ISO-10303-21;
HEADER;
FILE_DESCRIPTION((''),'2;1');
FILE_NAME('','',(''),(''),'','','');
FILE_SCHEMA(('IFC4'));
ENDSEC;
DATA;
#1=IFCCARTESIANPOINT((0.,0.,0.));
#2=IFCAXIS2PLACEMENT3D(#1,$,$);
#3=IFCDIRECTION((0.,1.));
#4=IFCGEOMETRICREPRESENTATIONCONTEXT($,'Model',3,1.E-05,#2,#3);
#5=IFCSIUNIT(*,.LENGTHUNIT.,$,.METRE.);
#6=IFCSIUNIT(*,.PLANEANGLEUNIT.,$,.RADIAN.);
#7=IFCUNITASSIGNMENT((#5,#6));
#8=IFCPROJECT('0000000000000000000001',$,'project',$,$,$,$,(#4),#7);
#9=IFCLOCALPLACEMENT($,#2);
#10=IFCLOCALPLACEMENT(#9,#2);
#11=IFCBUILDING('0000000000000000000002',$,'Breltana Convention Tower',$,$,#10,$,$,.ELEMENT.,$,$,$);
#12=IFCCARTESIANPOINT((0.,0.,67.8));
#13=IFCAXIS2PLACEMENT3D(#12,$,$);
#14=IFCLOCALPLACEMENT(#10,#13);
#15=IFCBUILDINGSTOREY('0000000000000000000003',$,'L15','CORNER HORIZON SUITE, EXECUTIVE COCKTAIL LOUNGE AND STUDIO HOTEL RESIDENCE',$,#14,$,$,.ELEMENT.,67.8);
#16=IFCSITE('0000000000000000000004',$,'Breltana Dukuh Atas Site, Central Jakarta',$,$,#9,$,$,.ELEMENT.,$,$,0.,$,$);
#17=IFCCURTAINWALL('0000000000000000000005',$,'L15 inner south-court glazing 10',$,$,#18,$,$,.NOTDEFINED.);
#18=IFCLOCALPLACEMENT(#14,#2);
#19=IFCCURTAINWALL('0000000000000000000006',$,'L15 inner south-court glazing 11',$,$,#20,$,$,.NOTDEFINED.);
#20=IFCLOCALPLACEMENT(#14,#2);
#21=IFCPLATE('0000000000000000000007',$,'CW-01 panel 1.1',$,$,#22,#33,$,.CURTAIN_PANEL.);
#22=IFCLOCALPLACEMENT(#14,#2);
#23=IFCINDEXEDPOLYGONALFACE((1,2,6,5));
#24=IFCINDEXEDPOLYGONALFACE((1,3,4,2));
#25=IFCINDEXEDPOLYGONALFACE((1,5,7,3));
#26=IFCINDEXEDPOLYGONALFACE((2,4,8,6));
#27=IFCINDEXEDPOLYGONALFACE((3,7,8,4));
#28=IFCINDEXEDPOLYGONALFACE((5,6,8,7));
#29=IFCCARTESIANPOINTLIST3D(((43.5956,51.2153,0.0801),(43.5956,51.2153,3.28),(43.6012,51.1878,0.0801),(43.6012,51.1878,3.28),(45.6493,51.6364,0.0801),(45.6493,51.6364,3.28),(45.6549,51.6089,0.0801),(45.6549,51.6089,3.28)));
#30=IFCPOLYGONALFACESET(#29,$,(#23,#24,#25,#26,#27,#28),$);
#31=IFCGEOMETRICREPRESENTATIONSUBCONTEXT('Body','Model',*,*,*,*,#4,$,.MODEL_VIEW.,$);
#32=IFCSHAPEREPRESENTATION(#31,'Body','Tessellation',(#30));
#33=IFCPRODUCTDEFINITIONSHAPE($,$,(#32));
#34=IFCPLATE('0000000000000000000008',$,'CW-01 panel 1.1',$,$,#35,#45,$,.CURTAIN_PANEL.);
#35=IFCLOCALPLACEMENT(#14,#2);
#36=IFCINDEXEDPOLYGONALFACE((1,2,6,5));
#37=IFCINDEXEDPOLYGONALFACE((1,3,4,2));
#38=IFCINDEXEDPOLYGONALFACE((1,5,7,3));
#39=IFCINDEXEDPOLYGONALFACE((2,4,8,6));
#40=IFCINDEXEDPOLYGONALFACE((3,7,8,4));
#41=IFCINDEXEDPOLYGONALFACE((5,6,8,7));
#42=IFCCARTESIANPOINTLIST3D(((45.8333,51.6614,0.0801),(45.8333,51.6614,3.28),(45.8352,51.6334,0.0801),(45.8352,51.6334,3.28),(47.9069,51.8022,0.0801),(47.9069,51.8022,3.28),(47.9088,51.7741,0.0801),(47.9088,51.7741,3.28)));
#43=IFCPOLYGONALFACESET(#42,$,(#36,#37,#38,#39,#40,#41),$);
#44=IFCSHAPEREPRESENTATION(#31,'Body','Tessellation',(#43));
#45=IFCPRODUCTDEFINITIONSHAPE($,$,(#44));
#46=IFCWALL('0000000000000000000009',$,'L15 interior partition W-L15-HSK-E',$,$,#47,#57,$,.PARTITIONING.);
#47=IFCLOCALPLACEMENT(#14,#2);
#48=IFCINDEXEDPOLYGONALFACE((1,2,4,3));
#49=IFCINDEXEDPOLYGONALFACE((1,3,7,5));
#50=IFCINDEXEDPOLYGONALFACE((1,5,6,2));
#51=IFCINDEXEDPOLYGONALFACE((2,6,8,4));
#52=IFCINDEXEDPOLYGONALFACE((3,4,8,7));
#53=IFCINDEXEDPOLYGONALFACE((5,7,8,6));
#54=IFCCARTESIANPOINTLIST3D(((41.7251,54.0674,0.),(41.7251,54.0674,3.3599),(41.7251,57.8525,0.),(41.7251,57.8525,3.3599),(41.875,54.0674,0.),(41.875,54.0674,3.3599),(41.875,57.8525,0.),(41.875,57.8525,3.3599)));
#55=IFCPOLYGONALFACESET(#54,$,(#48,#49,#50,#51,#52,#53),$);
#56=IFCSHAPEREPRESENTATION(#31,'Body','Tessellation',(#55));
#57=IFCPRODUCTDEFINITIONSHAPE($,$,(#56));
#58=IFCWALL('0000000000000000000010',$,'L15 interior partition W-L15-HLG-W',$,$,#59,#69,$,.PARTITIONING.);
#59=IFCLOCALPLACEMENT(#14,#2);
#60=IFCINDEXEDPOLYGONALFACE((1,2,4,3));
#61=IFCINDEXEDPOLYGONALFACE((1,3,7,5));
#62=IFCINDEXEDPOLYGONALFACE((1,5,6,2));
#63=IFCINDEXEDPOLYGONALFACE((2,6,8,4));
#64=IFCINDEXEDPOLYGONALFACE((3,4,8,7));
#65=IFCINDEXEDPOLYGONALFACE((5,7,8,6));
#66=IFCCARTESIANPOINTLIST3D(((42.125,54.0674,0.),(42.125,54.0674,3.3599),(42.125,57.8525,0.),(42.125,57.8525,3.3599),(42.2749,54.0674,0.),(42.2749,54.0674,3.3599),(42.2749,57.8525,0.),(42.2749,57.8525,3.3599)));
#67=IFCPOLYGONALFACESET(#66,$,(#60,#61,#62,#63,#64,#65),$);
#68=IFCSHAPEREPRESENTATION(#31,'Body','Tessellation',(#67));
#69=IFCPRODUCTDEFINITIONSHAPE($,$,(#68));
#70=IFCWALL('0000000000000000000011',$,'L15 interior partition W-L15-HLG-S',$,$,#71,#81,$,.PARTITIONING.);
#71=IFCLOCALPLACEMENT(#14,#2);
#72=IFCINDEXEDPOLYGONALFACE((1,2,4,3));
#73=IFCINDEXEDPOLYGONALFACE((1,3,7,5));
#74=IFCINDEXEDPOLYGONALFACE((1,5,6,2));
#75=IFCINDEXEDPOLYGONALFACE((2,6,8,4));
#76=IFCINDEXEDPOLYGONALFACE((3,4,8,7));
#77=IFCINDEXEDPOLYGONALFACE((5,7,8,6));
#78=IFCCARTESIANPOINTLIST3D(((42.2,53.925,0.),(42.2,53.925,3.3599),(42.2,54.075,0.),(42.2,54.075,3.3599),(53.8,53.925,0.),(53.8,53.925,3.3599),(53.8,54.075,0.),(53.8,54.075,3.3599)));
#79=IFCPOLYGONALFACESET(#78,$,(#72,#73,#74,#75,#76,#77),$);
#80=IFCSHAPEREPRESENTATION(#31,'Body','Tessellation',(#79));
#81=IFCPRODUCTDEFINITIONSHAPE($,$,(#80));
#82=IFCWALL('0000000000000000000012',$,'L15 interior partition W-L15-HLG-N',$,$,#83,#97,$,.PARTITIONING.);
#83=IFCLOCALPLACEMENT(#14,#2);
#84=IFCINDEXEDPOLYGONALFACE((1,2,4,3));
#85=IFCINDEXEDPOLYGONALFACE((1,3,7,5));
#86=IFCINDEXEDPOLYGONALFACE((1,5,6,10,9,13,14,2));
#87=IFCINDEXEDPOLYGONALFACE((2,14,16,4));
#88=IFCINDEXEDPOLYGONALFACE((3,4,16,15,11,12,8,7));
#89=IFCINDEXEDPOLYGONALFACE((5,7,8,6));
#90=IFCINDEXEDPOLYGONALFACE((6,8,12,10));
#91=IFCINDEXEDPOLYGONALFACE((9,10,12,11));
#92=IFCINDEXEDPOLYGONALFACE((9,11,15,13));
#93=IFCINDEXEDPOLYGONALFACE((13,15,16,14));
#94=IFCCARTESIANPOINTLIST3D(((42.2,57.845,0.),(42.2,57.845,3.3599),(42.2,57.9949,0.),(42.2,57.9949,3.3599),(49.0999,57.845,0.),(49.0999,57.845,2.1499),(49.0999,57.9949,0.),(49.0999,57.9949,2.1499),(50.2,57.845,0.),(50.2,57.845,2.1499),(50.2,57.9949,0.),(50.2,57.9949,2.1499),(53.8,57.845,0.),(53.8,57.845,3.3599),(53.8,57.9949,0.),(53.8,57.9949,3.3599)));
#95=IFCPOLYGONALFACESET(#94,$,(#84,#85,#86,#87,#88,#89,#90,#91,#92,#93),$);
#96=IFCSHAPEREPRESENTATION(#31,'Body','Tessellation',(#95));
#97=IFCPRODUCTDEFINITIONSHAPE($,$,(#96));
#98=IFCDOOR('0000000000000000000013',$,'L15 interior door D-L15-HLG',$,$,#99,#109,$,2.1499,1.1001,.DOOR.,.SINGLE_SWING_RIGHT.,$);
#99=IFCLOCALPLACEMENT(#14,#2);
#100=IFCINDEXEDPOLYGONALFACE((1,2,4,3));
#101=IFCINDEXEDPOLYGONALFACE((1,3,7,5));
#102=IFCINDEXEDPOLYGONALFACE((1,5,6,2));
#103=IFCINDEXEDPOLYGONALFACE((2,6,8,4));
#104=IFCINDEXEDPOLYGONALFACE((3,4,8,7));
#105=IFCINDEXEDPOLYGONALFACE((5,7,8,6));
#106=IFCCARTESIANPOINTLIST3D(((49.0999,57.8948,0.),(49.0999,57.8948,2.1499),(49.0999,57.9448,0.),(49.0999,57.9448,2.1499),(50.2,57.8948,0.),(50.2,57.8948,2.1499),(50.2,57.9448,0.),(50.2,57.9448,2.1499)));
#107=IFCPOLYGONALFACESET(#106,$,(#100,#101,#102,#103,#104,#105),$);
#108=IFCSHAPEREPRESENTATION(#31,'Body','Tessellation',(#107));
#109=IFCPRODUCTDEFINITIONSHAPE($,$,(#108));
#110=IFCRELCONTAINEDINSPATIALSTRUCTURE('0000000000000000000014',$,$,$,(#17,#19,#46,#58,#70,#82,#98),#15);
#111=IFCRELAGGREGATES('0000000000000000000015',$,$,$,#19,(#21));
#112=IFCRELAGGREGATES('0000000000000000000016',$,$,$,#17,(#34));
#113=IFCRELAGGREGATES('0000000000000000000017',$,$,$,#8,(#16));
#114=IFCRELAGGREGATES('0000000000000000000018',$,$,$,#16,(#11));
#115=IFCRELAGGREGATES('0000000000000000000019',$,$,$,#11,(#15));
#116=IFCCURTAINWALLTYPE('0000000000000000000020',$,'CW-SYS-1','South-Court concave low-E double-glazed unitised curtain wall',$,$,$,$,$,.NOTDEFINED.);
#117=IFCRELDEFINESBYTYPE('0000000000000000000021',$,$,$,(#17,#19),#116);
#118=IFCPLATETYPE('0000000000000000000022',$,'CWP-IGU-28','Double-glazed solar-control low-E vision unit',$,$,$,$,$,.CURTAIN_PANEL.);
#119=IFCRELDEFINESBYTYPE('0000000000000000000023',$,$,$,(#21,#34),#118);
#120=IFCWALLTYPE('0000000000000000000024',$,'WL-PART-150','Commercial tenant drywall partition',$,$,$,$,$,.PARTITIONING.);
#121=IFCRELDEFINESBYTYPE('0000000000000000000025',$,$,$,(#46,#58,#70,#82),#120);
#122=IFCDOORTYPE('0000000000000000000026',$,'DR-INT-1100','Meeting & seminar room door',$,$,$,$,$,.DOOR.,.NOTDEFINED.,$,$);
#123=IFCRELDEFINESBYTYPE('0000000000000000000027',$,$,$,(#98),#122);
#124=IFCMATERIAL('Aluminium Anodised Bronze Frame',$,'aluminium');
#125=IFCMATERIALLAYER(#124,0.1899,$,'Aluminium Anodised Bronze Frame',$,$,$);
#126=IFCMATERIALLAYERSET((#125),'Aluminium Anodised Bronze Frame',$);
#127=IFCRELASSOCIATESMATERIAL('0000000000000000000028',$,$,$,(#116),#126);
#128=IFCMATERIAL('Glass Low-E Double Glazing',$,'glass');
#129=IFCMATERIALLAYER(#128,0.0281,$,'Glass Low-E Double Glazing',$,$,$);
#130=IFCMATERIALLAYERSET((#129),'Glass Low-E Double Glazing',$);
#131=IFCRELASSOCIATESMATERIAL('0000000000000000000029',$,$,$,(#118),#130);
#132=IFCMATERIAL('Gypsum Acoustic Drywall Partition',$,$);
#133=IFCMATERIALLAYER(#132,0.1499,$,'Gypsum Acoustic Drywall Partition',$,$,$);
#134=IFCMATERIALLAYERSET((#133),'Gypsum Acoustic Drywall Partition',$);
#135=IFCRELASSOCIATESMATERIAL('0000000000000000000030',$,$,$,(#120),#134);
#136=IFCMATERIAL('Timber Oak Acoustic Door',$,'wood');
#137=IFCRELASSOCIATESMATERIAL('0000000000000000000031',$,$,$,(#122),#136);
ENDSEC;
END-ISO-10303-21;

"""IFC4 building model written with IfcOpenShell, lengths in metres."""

from ifc_helpers import new_model, si_unit, direction, frame, frame_2d, origin, origin_2d, place, context, subcontext, project, spatial, rectangle, extrude, source, transform, mapped, material, layer, layer_set, type_object, type_shapes, element, fill, aggregate, save


model = new_model("IFC4")

# Units and contexts
model_context = context("Model", 3, precision=1e-05, world=origin(), true_north=direction((0.0, 1.0)))
body_context = subcontext(model_context, "Body", "Model", "MODEL_VIEW")
ifc_project = project(units=[si_unit("LENGTHUNIT", "METRE"), si_unit("PLANEANGLEUNIT", "RADIAN")], contexts=[model_context])

# Site, building, storey
site_placement = place(None, origin())
site = spatial("IfcSite", under=ifc_project, at=site_placement, Name="Breltana Dukuh Atas Site, Central Jakarta", CompositionType="ELEMENT", RefElevation=0.0)
building_placement = place(site_placement, origin())
building = spatial("IfcBuilding", under=site, at=building_placement, Name="Breltana Convention Tower", CompositionType="ELEMENT")
storey_placement = place(building_placement, frame((0.0, 0.0, 67.8)))
storey = spatial("IfcBuildingStorey", under=building, at=storey_placement, Name="L15", Description="CORNER HORIZON SUITE, EXECUTIVE COCKTAIL LOUNGE AND STUDIO HOTEL RESIDENCE", CompositionType="ELEMENT", Elevation=67.8)

# Curtain walls
ifc_material_1 = material(Name="Aluminium Anodised Bronze Frame", Category="aluminium")
ifc_layer_1 = layer(ifc_material_1, 0.1899, Name="Aluminium Anodised Bronze Frame")
ifc_layer_set_1 = layer_set([ifc_layer_1], Name="Aluminium Anodised Bronze Frame")
curtain_wall_type = type_object("IfcCurtainWallType", Name="CW-SYS-1", Description="South-Court concave low-E double-glazed unitised curtain wall", PredefinedType="NOTDEFINED", material=ifc_layer_set_1)
curtain_wall_1_placement = place(storey_placement, origin())
curtain_wall_1 = element("IfcCurtainWall", 1, at=curtain_wall_1_placement, inside=storey, type_object=curtain_wall_type, Name="L15 inner south-court glazing 10", PredefinedType="NOTDEFINED")
curtain_wall_2_placement = place(storey_placement, origin())
curtain_wall_2 = element("IfcCurtainWall", 2, at=curtain_wall_2_placement, inside=storey, type_object=curtain_wall_type, Name="L15 inner south-court glazing 11", PredefinedType="NOTDEFINED")

# Plates
ifc_material_2 = material(Name="Glass Low-E Double Glazing", Category="glass")
ifc_layer_2 = layer(ifc_material_2, 0.0281, Name="Glass Low-E Double Glazing")
ifc_layer_set_2 = layer_set([ifc_layer_2], Name="Glass Low-E Double Glazing")
plate_type = type_object("IfcPlateType", Name="CWP-IGU-28", Description="Double-glazed solar-control low-E vision unit", PredefinedType="CURTAIN_PANEL", material=ifc_layer_set_2)
shared_shape_1 = source(origin(), body_context, "Body", "SweptSolid", [
    extrude(rectangle(XDim=2.0964, YDim=0.0281, at=origin_2d()), origin(), (0.0, 0.0, 1.0), 3.2),
])
plate_1_placement = place(storey_placement, frame((44.6252, 51.4121, 0.0801), z_axis=(0.0, 0.0, 1.0), x_axis=(-0.979615, -0.200886, 0.0)))
plate_1 = element("IfcPlate", 3, at=plate_1_placement, type_object=plate_type, Name="CW-01 panel 1.1", PredefinedType="CURTAIN_PANEL", context=body_context, shape_type="MappedRepresentation", body=[
    mapped(shared_shape_1, transform((0.0, 0.0, 0.0), scale=1.0)),
])
aggregate(curtain_wall_2, [plate_1])
shared_shape_2 = source(origin(), body_context, "Body", "SweptSolid", [
    extrude(rectangle(XDim=2.0784, YDim=0.0281, at=origin_2d()), origin(), (0.0, 0.0, 1.0), 3.2),
])
plate_2_placement = place(storey_placement, frame((46.8711, 51.7178, 0.0801), z_axis=(0.0, 0.0, 1.0), x_axis=(-0.997704, -0.067726, 0.0)))
plate_2 = element("IfcPlate", 4, at=plate_2_placement, type_object=plate_type, Name="CW-01 panel 1.1", PredefinedType="CURTAIN_PANEL", context=body_context, shape_type="MappedRepresentation", body=[
    mapped(shared_shape_2, transform((0.0, 0.0, 0.0), scale=1.0)),
])
aggregate(curtain_wall_1, [plate_2])

# Walls
ifc_material_3 = material(Name="Gypsum Acoustic Drywall Partition")
ifc_layer_3 = layer(ifc_material_3, 0.1499, Name="Gypsum Acoustic Drywall Partition")
ifc_layer_set_3 = layer_set([ifc_layer_3], Name="Gypsum Acoustic Drywall Partition")
wall_type = type_object("IfcWallType", Name="WL-PART-150", Description="Commercial tenant drywall partition", PredefinedType="PARTITIONING", material=ifc_layer_set_3)
shared_shape_3 = source(origin(), body_context, "Body", "SweptSolid", [
    extrude(rectangle(XDim=3.7852, YDim=0.1499, at=frame_2d((1.8926, 0.0))), origin(), (0.0, 0.0, 1.0), 3.3599),
])
for number, where, z_axis, x_axis, name in (
    (5, (41.8, 54.0674, 0.0), (0.0, 0.0, 1.0), (0.0, 1.0, 0.0), "L15 interior partition W-L15-HSK-E"),
    (6, (42.2, 54.0674, 0.0), (0.0, 0.0, 1.0), (0.0, 1.0, 0.0), "L15 interior partition W-L15-HLG-W"),
):
    element("IfcWall", number, at=place(storey_placement, frame(where, z_axis=z_axis, x_axis=x_axis)), inside=storey, type_object=wall_type, Name=name, PredefinedType="PARTITIONING", context=body_context, shape_type="MappedRepresentation", body=[
        mapped(shared_shape_3, transform((0.0, 0.0, 0.0), scale=1.0)),
    ])
shared_shape_4 = source(origin(), body_context, "Body", "SweptSolid", [
    extrude(rectangle(XDim=11.6001, YDim=0.1499, at=frame_2d((5.8, 0.0))), origin(), (0.0, 0.0, 1.0), 3.3599),
])
wall_1_placement = place(storey_placement, frame((42.2, 54.0, 0.0), z_axis=(0.0, 0.0, 1.0), x_axis=(1.0, 0.0, 0.0)))
element("IfcWall", 7, at=wall_1_placement, inside=storey, type_object=wall_type, Name="L15 interior partition W-L15-HLG-S", PredefinedType="PARTITIONING", context=body_context, shape_type="MappedRepresentation", body=[
    mapped(shared_shape_4, transform((0.0, 0.0, 0.0), scale=1.0)),
])

# Wall, opening, door
wall_2_placement = place(storey_placement, frame((42.2, 57.9199, 0.0), z_axis=(0.0, 0.0, 1.0), x_axis=(1.0, 0.0, 0.0)))
wall_2 = element("IfcWall", 8, at=wall_2_placement, inside=storey, type_object=wall_type, Name="L15 interior partition W-L15-HLG-N", PredefinedType="PARTITIONING", context=body_context, shape_type="MappedRepresentation", body=[
    mapped(shared_shape_4, transform((0.0, 0.0, 0.0), scale=1.0)),
])
opening_placement = place(wall_2_placement, frame((6.8999, 0.0, 0.0)))
opening = element("IfcOpeningElement", 9, at=opening_placement, cuts=wall_2, PredefinedType="OPENING", context=body_context, shape_type="SweptSolid", body=[
    extrude(rectangle(XDim=1.1001, YDim=2.1499, at=frame_2d((0.55, 1.075))), frame((0.0, 0.085, 0.0), z_axis=(0.0, -1.0, 0.0), x_axis=(1.0, 0.0, 0.0)), (0.0, 0.0, 1.0), 0.1699),
])
ifc_material_4 = material(Name="Timber Oak Acoustic Door", Category="wood")
door_type = type_object("IfcDoorType", Name="DR-INT-1100", Description="Meeting & seminar room door", OperationType="NOTDEFINED", PredefinedType="DOOR", material=ifc_material_4)
shared_shape_5 = source(origin(), body_context, "Body", "SweptSolid", [
    extrude(rectangle(XDim=1.1001, YDim=2.1499, at=frame_2d((0.55, 1.075))), frame((0.0, 0.0249, 0.0), z_axis=(0.0, -1.0, 0.0), x_axis=(1.0, 0.0, 0.0)), (0.0, 0.0, 1.0), 0.05),
])
type_shapes(door_type, [shared_shape_5])
door_placement = place(opening_placement, origin())
door = element("IfcDoor", 10, at=door_placement, inside=storey, type_object=door_type, Name="L15 interior door D-L15-HLG", OperationType="SINGLE_SWING_RIGHT", OverallHeight=2.1499, OverallWidth=1.1001, PredefinedType="DOOR", context=body_context, shape_type="MappedRepresentation", body=[
    mapped(shared_shape_5, transform((0.0, 0.0, 0.0), scale=1.0)),
])
fill(opening, door)

save(model, "model.ifc")
